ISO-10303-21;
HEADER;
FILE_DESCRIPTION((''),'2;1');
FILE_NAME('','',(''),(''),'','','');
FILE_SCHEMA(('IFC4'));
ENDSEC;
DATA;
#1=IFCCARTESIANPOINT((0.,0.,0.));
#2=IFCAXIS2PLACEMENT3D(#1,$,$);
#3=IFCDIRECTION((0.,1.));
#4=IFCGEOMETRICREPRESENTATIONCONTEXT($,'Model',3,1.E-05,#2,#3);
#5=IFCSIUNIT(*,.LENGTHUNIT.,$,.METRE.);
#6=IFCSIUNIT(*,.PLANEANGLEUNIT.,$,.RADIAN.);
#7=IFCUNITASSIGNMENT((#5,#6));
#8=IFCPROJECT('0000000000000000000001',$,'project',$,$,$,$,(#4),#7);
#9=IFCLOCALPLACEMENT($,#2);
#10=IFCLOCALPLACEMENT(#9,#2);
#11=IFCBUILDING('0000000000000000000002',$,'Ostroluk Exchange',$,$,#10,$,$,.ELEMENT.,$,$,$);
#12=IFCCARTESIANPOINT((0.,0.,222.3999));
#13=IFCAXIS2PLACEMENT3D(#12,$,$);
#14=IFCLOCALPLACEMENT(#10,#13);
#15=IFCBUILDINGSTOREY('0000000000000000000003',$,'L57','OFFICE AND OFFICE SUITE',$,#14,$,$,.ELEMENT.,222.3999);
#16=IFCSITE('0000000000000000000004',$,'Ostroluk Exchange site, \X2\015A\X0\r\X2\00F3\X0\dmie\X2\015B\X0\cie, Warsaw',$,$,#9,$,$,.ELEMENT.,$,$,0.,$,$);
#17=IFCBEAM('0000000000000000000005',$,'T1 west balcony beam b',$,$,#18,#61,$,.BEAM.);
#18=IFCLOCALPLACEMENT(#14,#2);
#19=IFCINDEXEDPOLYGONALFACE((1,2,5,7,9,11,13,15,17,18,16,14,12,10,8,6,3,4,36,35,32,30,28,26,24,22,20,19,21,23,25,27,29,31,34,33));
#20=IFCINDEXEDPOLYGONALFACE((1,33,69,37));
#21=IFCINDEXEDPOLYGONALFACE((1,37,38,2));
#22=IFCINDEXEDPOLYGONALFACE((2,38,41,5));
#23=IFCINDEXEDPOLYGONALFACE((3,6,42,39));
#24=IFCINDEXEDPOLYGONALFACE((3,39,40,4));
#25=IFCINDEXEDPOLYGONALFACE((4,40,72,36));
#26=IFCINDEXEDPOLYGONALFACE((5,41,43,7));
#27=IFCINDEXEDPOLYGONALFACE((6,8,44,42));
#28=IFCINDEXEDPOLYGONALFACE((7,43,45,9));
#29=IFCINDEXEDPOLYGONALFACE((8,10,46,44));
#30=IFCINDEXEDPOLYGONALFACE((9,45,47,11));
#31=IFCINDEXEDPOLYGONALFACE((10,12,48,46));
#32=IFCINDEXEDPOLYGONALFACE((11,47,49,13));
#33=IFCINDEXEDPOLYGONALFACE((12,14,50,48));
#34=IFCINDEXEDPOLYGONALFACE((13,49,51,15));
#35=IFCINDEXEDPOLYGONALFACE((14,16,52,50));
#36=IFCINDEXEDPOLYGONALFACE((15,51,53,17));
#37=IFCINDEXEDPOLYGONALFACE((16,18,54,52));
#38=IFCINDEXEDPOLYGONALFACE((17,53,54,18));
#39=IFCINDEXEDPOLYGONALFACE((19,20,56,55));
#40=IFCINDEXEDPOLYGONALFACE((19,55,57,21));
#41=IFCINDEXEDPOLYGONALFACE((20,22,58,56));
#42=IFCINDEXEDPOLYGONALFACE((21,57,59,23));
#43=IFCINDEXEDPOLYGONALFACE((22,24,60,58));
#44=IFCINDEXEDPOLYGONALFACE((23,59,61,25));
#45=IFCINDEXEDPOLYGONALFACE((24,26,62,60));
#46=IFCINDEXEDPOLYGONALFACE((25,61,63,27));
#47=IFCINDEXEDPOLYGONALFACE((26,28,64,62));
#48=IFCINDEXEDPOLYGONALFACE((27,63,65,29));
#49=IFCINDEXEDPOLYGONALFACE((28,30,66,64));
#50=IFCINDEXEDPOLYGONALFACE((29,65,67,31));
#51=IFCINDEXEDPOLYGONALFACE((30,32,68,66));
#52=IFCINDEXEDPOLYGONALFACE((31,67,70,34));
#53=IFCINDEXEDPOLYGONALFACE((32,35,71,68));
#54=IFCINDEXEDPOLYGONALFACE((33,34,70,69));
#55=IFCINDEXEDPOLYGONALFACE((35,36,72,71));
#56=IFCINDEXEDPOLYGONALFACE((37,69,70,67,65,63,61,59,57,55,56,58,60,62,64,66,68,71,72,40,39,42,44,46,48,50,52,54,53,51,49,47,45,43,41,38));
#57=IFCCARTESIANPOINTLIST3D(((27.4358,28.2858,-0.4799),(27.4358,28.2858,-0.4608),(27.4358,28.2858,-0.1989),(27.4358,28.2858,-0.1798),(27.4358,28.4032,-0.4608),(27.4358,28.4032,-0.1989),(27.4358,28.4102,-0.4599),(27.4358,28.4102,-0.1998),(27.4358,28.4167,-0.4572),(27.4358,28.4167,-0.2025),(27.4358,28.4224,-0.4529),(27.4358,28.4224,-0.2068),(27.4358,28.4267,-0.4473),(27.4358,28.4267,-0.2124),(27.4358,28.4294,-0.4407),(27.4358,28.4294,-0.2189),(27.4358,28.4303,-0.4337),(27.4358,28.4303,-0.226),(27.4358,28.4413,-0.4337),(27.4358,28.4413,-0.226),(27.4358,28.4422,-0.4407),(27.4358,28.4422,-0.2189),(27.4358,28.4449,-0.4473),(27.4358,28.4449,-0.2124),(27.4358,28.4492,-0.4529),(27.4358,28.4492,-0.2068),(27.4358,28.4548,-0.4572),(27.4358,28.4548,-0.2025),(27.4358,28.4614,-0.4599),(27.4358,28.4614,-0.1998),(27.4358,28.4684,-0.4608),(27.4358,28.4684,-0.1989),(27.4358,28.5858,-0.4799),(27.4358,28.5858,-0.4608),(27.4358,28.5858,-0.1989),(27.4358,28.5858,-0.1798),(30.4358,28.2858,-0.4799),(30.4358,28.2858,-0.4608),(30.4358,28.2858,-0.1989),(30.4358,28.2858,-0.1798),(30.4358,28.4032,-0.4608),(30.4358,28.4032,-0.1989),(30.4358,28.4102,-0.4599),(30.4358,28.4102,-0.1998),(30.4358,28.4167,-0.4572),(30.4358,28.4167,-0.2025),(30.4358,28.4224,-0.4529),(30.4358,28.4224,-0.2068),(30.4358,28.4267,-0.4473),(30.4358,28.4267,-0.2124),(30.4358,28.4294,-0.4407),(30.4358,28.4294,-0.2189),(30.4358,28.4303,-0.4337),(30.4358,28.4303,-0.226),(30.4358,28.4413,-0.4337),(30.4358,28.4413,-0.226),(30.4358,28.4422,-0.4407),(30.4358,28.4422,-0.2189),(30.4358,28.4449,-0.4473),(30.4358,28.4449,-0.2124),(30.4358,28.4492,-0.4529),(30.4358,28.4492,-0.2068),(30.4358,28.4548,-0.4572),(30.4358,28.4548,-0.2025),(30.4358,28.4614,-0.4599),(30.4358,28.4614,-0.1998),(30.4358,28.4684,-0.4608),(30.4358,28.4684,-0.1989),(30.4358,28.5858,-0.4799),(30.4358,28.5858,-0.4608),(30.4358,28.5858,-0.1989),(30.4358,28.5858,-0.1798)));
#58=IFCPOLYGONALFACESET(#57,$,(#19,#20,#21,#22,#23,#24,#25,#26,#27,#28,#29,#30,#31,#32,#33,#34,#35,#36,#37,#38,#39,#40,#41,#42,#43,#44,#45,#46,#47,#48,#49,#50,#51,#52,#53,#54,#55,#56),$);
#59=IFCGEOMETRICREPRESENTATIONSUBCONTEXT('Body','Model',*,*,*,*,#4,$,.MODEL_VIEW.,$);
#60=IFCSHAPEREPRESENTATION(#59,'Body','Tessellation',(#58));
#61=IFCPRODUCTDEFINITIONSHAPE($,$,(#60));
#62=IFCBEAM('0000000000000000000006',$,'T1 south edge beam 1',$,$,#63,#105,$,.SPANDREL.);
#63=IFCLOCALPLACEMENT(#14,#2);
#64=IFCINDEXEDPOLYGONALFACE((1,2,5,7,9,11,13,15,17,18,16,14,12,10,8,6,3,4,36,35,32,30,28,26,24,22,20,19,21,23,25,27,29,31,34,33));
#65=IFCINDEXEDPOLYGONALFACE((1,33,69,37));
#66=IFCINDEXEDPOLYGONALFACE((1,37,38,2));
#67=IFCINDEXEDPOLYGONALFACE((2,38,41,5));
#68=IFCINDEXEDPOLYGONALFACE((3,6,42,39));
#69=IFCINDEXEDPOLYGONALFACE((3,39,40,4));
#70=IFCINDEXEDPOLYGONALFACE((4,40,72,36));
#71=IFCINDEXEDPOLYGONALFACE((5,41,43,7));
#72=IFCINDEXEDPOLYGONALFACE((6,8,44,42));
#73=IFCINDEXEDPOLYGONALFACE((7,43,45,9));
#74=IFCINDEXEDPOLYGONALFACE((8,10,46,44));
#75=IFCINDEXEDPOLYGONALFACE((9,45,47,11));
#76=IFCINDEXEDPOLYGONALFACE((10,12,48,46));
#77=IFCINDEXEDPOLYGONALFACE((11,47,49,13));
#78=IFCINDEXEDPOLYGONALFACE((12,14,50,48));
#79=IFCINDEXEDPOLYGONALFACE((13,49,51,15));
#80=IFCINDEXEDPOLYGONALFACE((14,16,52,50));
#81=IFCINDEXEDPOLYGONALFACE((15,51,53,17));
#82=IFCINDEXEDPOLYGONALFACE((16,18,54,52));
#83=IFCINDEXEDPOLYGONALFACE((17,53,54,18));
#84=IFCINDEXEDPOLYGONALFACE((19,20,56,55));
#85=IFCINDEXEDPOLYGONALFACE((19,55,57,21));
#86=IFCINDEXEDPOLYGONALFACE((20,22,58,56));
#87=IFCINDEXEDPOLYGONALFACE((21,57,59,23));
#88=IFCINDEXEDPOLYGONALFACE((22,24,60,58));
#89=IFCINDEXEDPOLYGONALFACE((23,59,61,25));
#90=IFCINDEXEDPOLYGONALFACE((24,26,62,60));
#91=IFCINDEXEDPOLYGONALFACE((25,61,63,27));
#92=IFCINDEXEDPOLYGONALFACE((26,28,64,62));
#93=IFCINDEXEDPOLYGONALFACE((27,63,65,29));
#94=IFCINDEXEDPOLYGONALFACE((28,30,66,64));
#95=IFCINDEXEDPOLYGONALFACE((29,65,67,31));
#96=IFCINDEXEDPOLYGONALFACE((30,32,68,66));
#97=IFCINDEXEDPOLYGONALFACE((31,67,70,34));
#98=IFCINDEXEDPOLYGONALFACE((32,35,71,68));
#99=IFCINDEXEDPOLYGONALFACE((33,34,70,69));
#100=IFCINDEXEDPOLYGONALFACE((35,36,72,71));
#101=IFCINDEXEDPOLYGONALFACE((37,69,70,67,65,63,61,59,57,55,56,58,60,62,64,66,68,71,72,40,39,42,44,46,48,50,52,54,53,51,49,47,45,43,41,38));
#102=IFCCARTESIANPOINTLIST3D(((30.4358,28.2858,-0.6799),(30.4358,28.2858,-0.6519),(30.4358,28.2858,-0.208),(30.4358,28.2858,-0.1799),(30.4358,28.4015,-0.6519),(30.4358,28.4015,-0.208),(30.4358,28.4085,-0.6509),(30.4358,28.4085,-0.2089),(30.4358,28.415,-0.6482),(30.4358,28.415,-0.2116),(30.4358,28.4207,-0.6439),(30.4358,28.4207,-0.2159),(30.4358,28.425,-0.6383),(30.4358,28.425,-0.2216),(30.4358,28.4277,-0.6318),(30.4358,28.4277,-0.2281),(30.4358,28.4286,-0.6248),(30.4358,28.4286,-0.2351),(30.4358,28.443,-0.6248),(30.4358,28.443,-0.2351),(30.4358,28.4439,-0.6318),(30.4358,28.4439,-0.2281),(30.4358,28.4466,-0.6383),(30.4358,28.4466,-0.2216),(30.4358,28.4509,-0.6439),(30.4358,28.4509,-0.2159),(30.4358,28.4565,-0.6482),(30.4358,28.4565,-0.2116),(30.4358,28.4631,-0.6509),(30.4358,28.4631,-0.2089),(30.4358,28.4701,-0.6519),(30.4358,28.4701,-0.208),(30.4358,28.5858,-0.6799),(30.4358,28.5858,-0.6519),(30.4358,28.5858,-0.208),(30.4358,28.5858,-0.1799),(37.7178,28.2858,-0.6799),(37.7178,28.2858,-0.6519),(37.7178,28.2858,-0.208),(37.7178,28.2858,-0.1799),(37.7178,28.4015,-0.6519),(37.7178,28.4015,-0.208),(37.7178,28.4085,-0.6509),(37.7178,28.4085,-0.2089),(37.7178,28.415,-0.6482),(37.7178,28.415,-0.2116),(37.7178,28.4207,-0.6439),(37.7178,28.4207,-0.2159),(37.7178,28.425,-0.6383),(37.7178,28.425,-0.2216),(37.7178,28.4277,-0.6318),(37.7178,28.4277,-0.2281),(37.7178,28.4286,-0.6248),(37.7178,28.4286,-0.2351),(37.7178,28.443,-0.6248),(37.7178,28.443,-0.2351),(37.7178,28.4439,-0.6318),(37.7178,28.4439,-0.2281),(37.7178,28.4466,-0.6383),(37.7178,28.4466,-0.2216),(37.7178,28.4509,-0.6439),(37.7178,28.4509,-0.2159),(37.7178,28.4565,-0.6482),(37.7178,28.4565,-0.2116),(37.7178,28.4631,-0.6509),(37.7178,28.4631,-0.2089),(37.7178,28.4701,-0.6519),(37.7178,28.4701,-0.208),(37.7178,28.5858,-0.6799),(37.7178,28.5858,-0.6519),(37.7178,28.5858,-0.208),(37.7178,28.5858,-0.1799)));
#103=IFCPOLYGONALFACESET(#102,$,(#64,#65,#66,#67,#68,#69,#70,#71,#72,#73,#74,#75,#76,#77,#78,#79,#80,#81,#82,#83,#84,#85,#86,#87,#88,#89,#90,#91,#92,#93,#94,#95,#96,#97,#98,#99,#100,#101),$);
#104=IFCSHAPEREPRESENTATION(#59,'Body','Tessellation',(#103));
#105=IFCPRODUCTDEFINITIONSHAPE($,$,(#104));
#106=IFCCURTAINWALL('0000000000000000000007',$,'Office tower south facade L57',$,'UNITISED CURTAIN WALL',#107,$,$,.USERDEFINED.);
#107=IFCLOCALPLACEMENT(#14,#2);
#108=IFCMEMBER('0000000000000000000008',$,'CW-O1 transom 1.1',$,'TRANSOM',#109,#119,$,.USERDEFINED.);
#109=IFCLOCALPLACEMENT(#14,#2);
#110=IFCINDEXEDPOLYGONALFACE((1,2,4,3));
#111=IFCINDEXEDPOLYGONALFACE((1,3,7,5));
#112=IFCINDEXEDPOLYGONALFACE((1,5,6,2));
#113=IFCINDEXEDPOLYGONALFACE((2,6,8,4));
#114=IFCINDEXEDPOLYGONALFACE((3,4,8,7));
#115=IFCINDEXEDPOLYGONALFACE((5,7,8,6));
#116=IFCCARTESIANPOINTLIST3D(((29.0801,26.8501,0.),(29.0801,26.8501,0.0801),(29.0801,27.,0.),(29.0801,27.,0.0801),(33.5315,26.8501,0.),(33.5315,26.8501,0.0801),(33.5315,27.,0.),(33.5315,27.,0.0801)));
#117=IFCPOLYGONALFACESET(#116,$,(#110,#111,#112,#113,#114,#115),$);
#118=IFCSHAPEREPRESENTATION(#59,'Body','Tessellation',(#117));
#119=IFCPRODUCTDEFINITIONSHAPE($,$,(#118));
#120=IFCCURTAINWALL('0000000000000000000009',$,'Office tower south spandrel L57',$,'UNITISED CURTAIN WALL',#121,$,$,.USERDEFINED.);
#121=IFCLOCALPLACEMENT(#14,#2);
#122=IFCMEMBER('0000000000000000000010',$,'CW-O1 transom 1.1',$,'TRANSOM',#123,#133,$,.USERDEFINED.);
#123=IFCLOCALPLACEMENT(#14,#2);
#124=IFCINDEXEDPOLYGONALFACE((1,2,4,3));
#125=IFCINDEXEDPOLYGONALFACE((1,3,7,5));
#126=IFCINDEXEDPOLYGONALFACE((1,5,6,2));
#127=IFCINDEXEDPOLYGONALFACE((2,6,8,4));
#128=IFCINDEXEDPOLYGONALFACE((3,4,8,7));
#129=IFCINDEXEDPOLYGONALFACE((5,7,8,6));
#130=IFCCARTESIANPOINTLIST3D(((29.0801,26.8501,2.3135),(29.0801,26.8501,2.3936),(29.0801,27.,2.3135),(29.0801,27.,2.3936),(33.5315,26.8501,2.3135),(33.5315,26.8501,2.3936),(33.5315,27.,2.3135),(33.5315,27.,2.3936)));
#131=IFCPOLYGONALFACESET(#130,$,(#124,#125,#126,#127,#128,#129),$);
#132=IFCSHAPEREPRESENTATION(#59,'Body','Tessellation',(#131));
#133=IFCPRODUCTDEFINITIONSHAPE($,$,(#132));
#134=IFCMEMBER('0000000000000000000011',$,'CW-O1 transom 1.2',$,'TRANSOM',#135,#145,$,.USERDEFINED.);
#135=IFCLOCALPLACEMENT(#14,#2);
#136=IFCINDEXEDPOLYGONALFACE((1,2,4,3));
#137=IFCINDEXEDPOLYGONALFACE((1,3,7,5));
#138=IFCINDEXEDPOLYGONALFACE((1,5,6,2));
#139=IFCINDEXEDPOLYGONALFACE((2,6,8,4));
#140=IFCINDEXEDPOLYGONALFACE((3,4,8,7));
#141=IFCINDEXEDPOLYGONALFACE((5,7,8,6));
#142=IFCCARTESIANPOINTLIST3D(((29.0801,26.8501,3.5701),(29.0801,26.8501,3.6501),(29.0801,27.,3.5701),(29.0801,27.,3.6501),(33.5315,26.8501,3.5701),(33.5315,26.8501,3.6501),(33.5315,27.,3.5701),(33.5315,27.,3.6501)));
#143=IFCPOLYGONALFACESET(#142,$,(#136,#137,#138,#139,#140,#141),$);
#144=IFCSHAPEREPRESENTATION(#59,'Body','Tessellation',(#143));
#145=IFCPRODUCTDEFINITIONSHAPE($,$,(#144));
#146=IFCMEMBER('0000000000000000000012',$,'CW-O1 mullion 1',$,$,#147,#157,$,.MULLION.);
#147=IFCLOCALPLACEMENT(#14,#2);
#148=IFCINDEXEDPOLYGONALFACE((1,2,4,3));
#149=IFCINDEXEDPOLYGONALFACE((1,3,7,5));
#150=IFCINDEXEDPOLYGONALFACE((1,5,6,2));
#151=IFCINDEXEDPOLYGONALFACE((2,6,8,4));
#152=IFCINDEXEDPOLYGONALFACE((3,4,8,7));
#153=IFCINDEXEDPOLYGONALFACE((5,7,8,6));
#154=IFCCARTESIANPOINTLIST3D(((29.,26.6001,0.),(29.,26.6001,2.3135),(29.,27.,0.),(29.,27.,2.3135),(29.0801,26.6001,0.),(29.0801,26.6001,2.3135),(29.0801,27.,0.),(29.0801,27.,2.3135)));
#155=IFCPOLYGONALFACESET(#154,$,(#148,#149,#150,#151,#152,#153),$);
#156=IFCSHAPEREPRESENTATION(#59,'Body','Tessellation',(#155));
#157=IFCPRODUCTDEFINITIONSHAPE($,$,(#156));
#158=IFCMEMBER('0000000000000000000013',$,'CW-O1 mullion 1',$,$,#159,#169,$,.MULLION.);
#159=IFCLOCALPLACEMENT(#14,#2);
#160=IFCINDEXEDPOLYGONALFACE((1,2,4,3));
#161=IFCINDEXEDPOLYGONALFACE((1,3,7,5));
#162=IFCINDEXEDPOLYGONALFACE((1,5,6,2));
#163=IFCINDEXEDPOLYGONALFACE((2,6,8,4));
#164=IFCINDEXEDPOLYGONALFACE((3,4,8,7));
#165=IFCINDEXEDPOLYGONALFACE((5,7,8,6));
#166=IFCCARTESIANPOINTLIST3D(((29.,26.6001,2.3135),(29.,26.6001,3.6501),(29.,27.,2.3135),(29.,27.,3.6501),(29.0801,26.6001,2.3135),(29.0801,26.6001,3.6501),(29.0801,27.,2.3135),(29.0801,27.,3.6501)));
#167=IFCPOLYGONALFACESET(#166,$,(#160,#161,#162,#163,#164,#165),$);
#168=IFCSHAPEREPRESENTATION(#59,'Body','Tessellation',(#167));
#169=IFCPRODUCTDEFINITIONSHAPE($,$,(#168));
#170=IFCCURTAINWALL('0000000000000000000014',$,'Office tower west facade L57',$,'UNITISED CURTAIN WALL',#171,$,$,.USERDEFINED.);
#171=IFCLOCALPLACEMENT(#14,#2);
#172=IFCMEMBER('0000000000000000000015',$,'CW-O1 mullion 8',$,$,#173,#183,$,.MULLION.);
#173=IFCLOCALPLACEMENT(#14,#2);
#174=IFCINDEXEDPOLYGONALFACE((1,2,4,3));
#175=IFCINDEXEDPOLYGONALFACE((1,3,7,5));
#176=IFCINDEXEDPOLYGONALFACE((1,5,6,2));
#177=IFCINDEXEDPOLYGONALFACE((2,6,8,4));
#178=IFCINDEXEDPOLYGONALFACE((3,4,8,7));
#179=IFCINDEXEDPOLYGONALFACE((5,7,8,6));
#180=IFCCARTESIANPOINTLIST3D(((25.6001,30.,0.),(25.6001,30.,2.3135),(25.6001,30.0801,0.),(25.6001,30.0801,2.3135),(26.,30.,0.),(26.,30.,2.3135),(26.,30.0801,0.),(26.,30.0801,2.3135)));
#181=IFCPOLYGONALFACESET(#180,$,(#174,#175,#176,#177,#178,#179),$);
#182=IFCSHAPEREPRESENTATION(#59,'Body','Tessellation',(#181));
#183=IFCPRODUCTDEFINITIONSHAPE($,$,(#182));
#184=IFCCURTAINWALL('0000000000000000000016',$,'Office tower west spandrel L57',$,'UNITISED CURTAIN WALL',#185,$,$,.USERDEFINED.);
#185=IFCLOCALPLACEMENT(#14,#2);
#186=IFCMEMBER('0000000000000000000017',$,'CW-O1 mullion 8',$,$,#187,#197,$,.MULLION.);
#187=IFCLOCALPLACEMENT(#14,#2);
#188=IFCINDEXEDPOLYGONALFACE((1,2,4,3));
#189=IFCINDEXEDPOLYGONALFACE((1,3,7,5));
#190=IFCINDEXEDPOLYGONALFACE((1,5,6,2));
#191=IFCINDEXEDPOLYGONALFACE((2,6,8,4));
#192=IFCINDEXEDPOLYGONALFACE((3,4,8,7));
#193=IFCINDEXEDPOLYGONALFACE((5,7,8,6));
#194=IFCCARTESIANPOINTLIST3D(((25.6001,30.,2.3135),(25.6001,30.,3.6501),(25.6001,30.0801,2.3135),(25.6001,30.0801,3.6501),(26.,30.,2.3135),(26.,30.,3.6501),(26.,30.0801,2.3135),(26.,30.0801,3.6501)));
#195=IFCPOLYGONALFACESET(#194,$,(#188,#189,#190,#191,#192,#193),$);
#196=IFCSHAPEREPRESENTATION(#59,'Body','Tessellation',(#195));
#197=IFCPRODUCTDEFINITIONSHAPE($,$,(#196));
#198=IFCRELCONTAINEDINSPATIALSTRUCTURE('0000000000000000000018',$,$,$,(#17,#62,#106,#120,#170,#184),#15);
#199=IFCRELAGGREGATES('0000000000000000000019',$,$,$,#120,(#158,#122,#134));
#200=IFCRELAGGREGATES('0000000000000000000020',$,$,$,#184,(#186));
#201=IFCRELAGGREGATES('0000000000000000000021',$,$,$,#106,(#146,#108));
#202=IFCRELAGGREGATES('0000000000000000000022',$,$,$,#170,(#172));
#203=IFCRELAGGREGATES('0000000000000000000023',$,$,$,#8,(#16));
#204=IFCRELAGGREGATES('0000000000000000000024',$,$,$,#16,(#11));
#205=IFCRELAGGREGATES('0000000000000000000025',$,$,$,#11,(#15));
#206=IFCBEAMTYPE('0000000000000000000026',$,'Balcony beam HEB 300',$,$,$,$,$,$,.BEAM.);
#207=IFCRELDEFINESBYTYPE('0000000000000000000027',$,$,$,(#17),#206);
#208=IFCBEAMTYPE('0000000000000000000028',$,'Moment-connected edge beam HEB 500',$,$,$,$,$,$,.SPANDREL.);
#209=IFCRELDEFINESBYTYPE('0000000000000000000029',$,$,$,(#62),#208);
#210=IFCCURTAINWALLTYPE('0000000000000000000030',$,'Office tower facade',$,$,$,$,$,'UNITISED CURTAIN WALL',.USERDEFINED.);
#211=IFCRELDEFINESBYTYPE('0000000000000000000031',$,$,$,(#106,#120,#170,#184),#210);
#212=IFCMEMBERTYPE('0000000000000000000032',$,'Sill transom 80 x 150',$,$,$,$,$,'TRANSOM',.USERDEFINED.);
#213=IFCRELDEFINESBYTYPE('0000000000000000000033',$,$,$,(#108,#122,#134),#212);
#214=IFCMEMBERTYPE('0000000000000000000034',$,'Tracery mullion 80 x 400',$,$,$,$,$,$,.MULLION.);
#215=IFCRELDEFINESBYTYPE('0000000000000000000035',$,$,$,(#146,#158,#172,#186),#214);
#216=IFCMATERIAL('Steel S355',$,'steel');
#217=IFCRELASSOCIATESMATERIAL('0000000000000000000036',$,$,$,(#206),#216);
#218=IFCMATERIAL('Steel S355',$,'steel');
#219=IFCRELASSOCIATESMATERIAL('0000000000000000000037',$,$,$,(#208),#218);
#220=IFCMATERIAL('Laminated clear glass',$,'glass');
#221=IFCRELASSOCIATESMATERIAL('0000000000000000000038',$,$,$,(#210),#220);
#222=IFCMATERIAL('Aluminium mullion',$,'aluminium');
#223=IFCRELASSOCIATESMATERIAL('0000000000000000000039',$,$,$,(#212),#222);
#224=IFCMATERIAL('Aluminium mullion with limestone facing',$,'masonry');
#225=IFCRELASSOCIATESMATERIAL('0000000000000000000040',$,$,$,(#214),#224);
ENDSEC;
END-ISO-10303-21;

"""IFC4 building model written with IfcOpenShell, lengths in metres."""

from ifc_helpers import new_model, si_unit, direction, frame, origin, origin_2d, place, context, subcontext, project, spatial, rectangle, i_section, extrude, material, material_profile, profile_set, type_object, element, aggregate, save


model = new_model("IFC4")

# Units and contexts
model_context = context("Model", 3, precision=1e-05, world=origin(), true_north=direction((0.0, 1.0)))
body_context = subcontext(model_context, "Body", "Model", "MODEL_VIEW")
ifc_project = project(units=[si_unit("LENGTHUNIT", "METRE"), si_unit("PLANEANGLEUNIT", "RADIAN")], contexts=[model_context])

# Site, building, storey
site_placement = place(None, origin())
site = spatial("IfcSite", under=ifc_project, at=site_placement, Name="Ostroluk Exchange site, Śródmieście, Warsaw", CompositionType="ELEMENT", RefElevation=0.0)
building_placement = place(site_placement, origin())
building = spatial("IfcBuilding", under=site, at=building_placement, Name="Ostroluk Exchange", CompositionType="ELEMENT")
storey_placement = place(building_placement, frame((0.0, 0.0, 222.3999)))
storey = spatial("IfcBuildingStorey", under=building, at=storey_placement, Name="L57", Description="OFFICE AND OFFICE SUITE", CompositionType="ELEMENT", Elevation=222.3999)

# Beams
ifc_material_1 = material(Name="Steel S355", Category="steel")
ifc_material_profile_1 = material_profile(ifc_material_1, i_section(OverallWidth=0.3, OverallDepth=0.3, WebThickness=0.011, FlangeThickness=0.019, FilletRadius=0.0271, at=origin_2d()), Name="HEB 300")
ifc_profile_set_1 = profile_set([ifc_material_profile_1], Name="Steel S355")
beam_type_1 = type_object("IfcBeamType", Name="Balcony beam HEB 300", PredefinedType="BEAM", material=ifc_profile_set_1)
for number, where, z_axis, x_axis, name in (
    (1, (30.4358, 28.4358, -0.3298), (-1.0, 0.0, 0.0), (0.0, -1.0, 0.0), "T1 west balcony beam b"),
):
    element("IfcBeam", number, at=place(storey_placement, frame(where, z_axis=z_axis, x_axis=x_axis)), inside=storey, type_object=beam_type_1, Name=name, PredefinedType="BEAM", context=body_context, shape_type="SweptSolid", body=[
        extrude(i_section(OverallWidth=0.3, OverallDepth=0.3, WebThickness=0.011, FlangeThickness=0.019, FilletRadius=0.0271, at=origin_2d()), origin(), (0.0, 0.0, 1.0), 3.0),
    ])
ifc_material_2 = material(Name="Steel S355", Category="steel")
ifc_material_profile_2 = material_profile(ifc_material_2, i_section(OverallWidth=0.3, OverallDepth=0.5, WebThickness=0.0144, FlangeThickness=0.0281, FilletRadius=0.0271, at=origin_2d()), Name="HEB 500")
ifc_profile_set_2 = profile_set([ifc_material_profile_2], Name="Steel S355")
beam_type_2 = type_object("IfcBeamType", Name="Moment-connected edge beam HEB 500", PredefinedType="SPANDREL", material=ifc_profile_set_2)
beam_placement = place(storey_placement, frame((30.4358, 28.4358, -0.4299), z_axis=(1.0, 0.0, 0.0), x_axis=(0.0, 1.0, 0.0)))
element("IfcBeam", 2, at=beam_placement, inside=storey, type_object=beam_type_2, Name="T1 south edge beam 1", PredefinedType="SPANDREL", context=body_context, shape_type="SweptSolid", body=[
    extrude(i_section(OverallWidth=0.3, OverallDepth=0.5, WebThickness=0.0144, FlangeThickness=0.0281, FilletRadius=0.0271, at=origin_2d()), origin(), (0.0, 0.0, 1.0), 7.282),
])

# Curtain wall, member
ifc_material_3 = material(Name="Laminated clear glass", Category="glass")
curtain_wall_type = type_object("IfcCurtainWallType", Name="Office tower facade", ElementType="UNITISED CURTAIN WALL", PredefinedType="USERDEFINED", material=ifc_material_3)
curtain_wall_1_placement = place(storey_placement, origin())
curtain_wall_1 = element("IfcCurtainWall", 3, at=curtain_wall_1_placement, inside=storey, type_object=curtain_wall_type, Name="Office tower south facade L57", ObjectType="UNITISED CURTAIN WALL", PredefinedType="USERDEFINED")
ifc_material_4 = material(Name="Aluminium mullion", Category="aluminium")
ifc_material_profile_3 = material_profile(ifc_material_4, rectangle(XDim=0.1499, YDim=0.0801, at=origin_2d()), Name="Sill transom 80 x 150")
ifc_profile_set_3 = profile_set([ifc_material_profile_3], Name="Aluminium mullion")
member_type_1 = type_object("IfcMemberType", Name="Sill transom 80 x 150", ElementType="TRANSOM", PredefinedType="USERDEFINED", material=ifc_profile_set_3)
member_1_placement = place(storey_placement, frame((29.0801, 26.925, 0.04), z_axis=(1.0, 0.0, 0.0), x_axis=(0.0, 1.0, 0.0)))
member_1 = element("IfcMember", 4, at=member_1_placement, type_object=member_type_1, Name="CW-O1 transom 1.1", ObjectType="TRANSOM", PredefinedType="USERDEFINED", context=body_context, shape_type="SweptSolid", body=[
    extrude(rectangle(XDim=0.1499, YDim=0.0801, at=origin_2d()), origin(), (0.0, 0.0, 1.0), 4.4514),
])

# Curtain wall, members
curtain_wall_2_placement = place(storey_placement, origin())
curtain_wall_2 = element("IfcCurtainWall", 5, at=curtain_wall_2_placement, inside=storey, type_object=curtain_wall_type, Name="Office tower south spandrel L57", ObjectType="UNITISED CURTAIN WALL", PredefinedType="USERDEFINED")
member_2_placement = place(storey_placement, frame((29.0801, 26.925, 2.3535), z_axis=(1.0, 0.0, 0.0), x_axis=(0.0, 1.0, 0.0)))
member_2 = element("IfcMember", 6, at=member_2_placement, type_object=member_type_1, Name="CW-O1 transom 1.1", ObjectType="TRANSOM", PredefinedType="USERDEFINED", context=body_context, shape_type="SweptSolid", body=[
    extrude(rectangle(XDim=0.1499, YDim=0.0801, at=origin_2d()), origin(), (0.0, 0.0, 1.0), 4.4514),
])
member_3_placement = place(storey_placement, frame((29.0801, 26.925, 3.6101), z_axis=(1.0, 0.0, 0.0), x_axis=(0.0, 1.0, 0.0)))
member_3 = element("IfcMember", 7, at=member_3_placement, type_object=member_type_1, Name="CW-O1 transom 1.2", ObjectType="TRANSOM", PredefinedType="USERDEFINED", context=body_context, shape_type="SweptSolid", body=[
    extrude(rectangle(XDim=0.1499, YDim=0.0801, at=origin_2d()), origin(), (0.0, 0.0, 1.0), 4.4514),
])

# Members
ifc_material_5 = material(Name="Aluminium mullion with limestone facing", Category="masonry")
ifc_material_profile_4 = material_profile(ifc_material_5, rectangle(XDim=0.3999, YDim=0.0801, at=origin_2d()), Name="Tracery mullion 80 x 400")
ifc_profile_set_4 = profile_set([ifc_material_profile_4], Name="Aluminium mullion with limestone facing")
member_type_2 = type_object("IfcMemberType", Name="Tracery mullion 80 x 400", PredefinedType="MULLION", material=ifc_profile_set_4)
member_4_placement = place(storey_placement, frame((29.04, 26.8, 0.0), z_axis=(0.0, 0.0, 1.0), x_axis=(0.0, 1.0, 0.0)))
member_4 = element("IfcMember", 8, at=member_4_placement, type_object=member_type_2, Name="CW-O1 mullion 1", PredefinedType="MULLION", context=body_context, shape_type="SweptSolid", body=[
    extrude(rectangle(XDim=0.3999, YDim=0.0801, at=origin_2d()), origin(), (0.0, 0.0, 1.0), 2.3135),
])
member_5_placement = place(storey_placement, frame((29.04, 26.8, 2.3135), z_axis=(0.0, 0.0, 1.0), x_axis=(0.0, 1.0, 0.0)))
member_5 = element("IfcMember", 9, at=member_5_placement, type_object=member_type_2, Name="CW-O1 mullion 1", PredefinedType="MULLION", context=body_context, shape_type="SweptSolid", body=[
    extrude(rectangle(XDim=0.3999, YDim=0.0801, at=origin_2d()), origin(), (0.0, 0.0, 1.0), 1.3367),
])
aggregate(curtain_wall_2, [member_5, member_2, member_3])

# Curtain walls, members
curtain_wall_3_placement = place(storey_placement, origin())
curtain_wall_3 = element("IfcCurtainWall", 10, at=curtain_wall_3_placement, inside=storey, type_object=curtain_wall_type, Name="Office tower west facade L57", ObjectType="UNITISED CURTAIN WALL", PredefinedType="USERDEFINED")
member_6_placement = place(storey_placement, frame((25.8, 30.04, 0.0), z_axis=(0.0, 0.0, 1.0), x_axis=(1.0, 0.0, 0.0)))
member_6 = element("IfcMember", 11, at=member_6_placement, type_object=member_type_2, Name="CW-O1 mullion 8", PredefinedType="MULLION", context=body_context, shape_type="SweptSolid", body=[
    extrude(rectangle(XDim=0.3999, YDim=0.0801, at=origin_2d()), origin(), (0.0, 0.0, 1.0), 2.3135),
])
curtain_wall_4_placement = place(storey_placement, origin())
curtain_wall_4 = element("IfcCurtainWall", 12, at=curtain_wall_4_placement, inside=storey, type_object=curtain_wall_type, Name="Office tower west spandrel L57", ObjectType="UNITISED CURTAIN WALL", PredefinedType="USERDEFINED")
member_7_placement = place(storey_placement, frame((25.8, 30.04, 2.3135), z_axis=(0.0, 0.0, 1.0), x_axis=(1.0, 0.0, 0.0)))
member_7 = element("IfcMember", 13, at=member_7_placement, type_object=member_type_2, Name="CW-O1 mullion 8", PredefinedType="MULLION", context=body_context, shape_type="SweptSolid", body=[
    extrude(rectangle(XDim=0.3999, YDim=0.0801, at=origin_2d()), origin(), (0.0, 0.0, 1.0), 1.3367),
])
aggregate(curtain_wall_4, [member_7])

aggregate(curtain_wall_1, [member_4, member_1])
aggregate(curtain_wall_3, [member_6])

save(model, "model.ifc")
